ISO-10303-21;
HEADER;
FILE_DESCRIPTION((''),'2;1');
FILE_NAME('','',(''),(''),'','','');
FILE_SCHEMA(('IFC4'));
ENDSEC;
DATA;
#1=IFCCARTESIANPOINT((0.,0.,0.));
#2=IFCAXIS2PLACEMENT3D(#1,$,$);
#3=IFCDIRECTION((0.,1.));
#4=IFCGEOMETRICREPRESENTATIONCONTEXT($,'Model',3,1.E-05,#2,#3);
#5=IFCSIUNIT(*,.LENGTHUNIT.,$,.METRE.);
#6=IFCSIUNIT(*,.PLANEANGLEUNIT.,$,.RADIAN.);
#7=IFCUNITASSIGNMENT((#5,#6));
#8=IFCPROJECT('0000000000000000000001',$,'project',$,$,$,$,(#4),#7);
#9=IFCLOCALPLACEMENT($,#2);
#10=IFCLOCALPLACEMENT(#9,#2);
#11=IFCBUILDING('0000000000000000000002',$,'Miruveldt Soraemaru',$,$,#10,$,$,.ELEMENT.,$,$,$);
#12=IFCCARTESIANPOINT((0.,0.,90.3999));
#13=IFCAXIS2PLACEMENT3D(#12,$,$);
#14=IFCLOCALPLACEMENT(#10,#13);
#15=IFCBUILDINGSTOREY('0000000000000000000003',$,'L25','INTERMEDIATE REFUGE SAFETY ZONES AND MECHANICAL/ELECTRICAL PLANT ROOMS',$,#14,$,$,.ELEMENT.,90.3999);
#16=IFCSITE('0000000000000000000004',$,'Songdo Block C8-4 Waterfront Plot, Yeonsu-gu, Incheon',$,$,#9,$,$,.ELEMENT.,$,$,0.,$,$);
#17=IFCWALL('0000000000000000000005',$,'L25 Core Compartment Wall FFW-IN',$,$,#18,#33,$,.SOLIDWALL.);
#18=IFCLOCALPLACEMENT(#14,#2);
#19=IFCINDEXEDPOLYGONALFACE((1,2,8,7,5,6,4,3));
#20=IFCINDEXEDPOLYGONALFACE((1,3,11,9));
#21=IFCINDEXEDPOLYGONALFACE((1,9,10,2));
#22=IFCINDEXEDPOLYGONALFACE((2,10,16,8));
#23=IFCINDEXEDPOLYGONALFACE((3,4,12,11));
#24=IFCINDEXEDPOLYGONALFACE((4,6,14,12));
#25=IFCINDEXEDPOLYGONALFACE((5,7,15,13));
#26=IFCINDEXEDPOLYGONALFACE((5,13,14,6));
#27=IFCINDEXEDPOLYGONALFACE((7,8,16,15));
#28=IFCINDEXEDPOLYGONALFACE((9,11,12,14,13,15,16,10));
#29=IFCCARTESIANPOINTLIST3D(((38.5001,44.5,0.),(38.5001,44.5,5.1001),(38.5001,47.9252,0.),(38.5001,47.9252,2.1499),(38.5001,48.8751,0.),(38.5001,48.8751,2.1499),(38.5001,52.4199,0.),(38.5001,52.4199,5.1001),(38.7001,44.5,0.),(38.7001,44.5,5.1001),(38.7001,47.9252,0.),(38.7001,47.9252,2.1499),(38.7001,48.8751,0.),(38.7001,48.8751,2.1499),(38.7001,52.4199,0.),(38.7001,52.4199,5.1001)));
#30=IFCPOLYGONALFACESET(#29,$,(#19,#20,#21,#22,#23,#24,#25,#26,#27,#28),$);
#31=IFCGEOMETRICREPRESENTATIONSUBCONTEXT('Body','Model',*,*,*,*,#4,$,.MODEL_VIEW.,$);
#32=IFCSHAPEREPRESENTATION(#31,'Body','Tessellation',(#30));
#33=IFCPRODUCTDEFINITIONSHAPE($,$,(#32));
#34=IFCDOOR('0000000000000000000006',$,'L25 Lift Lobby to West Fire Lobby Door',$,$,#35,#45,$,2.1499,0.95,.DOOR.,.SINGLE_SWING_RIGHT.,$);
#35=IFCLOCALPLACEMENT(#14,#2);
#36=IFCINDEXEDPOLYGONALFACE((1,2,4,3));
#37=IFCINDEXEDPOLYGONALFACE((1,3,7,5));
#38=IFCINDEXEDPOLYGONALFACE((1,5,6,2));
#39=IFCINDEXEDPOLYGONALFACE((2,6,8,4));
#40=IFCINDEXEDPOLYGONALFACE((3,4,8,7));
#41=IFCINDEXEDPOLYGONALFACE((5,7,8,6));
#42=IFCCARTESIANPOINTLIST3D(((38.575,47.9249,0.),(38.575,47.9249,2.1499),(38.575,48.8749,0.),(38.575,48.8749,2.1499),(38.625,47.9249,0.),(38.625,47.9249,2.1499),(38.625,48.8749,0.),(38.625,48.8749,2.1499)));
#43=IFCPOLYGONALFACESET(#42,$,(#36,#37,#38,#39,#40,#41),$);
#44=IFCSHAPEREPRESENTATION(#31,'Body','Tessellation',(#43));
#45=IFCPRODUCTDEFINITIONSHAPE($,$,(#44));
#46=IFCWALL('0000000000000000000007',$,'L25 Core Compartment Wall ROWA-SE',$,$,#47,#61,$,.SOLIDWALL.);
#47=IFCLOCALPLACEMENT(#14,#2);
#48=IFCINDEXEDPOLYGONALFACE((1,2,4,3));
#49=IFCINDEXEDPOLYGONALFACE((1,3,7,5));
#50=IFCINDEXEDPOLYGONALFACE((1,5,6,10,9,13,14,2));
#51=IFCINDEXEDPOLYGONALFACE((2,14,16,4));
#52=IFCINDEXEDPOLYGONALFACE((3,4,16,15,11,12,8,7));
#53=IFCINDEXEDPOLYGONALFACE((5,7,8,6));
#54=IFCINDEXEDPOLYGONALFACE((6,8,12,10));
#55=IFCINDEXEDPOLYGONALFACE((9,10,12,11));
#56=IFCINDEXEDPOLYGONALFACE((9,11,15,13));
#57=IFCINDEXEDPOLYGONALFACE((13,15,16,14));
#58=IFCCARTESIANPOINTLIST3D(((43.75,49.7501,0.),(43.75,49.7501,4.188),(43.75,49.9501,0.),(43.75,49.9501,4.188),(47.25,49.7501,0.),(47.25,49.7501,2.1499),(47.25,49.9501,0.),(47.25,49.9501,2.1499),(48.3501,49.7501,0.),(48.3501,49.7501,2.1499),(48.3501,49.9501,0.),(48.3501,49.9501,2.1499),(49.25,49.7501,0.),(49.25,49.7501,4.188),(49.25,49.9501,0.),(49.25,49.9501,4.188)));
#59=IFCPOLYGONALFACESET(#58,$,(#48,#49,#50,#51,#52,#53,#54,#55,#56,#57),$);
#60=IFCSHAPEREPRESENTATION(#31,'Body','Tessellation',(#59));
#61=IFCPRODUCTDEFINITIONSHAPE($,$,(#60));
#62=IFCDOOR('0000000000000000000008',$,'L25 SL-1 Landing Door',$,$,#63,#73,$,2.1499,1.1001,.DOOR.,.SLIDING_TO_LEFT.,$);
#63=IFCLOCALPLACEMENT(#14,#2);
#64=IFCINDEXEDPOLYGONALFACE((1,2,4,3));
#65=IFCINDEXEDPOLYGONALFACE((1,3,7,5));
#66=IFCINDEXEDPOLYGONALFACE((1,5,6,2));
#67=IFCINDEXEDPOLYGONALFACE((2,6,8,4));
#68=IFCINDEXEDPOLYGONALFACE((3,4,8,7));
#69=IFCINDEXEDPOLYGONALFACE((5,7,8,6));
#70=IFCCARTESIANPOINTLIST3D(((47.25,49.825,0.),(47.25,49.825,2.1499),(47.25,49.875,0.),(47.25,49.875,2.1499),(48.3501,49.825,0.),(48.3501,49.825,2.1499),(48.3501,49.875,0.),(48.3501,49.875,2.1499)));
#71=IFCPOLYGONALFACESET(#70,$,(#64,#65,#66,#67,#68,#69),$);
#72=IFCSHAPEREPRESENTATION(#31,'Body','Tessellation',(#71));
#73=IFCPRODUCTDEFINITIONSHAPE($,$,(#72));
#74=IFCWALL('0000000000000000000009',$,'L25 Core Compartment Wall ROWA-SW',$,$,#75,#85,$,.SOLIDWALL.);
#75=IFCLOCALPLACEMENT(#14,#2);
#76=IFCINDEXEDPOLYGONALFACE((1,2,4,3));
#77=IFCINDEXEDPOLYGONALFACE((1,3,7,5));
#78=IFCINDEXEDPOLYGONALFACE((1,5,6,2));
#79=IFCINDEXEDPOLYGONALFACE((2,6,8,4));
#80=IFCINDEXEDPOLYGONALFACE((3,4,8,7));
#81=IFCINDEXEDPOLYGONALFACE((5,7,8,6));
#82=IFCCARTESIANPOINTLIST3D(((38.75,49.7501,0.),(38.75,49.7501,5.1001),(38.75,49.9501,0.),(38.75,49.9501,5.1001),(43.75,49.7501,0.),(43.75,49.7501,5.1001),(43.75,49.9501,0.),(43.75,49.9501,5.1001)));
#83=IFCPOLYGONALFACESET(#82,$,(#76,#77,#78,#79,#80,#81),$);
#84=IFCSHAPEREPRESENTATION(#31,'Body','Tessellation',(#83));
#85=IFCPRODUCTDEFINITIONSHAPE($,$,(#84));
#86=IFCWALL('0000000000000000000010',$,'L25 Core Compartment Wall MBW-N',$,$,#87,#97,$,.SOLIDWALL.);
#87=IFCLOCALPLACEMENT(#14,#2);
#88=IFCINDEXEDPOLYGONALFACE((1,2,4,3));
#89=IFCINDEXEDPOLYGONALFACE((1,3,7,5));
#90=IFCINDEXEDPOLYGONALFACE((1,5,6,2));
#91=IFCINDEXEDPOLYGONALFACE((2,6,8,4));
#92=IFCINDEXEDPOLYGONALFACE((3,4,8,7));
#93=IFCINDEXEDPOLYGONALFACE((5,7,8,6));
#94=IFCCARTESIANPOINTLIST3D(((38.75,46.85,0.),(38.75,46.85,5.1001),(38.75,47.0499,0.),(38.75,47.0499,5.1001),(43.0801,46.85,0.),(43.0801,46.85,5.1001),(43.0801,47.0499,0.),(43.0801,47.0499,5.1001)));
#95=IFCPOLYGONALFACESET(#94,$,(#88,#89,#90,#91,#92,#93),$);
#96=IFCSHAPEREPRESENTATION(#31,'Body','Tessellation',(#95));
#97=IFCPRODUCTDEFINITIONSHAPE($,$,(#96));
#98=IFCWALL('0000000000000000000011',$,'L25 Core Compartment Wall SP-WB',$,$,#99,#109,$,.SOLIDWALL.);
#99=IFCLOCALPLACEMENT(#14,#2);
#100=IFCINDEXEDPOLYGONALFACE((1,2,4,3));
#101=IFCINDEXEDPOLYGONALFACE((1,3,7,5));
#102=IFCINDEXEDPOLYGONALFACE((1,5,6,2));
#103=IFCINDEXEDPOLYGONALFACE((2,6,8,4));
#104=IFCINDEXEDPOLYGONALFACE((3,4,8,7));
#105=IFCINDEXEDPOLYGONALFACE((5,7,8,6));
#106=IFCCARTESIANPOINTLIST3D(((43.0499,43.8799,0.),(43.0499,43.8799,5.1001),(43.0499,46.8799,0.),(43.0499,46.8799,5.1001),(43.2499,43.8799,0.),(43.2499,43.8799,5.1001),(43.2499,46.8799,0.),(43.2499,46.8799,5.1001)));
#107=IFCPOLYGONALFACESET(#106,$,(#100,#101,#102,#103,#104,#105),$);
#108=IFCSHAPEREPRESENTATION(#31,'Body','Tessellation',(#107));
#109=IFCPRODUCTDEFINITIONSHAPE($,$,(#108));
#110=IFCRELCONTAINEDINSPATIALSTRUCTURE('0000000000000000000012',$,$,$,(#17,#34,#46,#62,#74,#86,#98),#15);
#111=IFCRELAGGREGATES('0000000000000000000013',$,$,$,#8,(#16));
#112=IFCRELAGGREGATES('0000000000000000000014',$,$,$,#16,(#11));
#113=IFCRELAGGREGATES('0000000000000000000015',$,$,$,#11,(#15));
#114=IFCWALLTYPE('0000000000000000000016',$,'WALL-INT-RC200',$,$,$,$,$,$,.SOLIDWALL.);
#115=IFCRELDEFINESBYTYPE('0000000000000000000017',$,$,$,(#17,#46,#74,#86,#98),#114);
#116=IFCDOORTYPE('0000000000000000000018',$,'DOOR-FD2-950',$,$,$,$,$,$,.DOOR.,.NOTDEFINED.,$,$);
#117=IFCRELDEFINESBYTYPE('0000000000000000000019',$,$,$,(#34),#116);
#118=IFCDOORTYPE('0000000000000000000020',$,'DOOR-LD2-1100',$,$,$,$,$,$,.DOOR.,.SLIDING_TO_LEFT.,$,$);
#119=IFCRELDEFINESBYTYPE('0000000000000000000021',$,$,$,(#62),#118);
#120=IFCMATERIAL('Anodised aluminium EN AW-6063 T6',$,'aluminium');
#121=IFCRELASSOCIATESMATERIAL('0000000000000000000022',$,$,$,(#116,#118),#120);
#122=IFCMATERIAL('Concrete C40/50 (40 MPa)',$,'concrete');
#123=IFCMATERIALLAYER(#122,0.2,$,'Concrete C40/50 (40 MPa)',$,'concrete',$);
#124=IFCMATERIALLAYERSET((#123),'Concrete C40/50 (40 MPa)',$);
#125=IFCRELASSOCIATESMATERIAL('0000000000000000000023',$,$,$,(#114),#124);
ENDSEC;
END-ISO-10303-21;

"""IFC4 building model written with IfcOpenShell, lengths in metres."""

from ifc_helpers import new_model, si_unit, direction, frame, frame_2d, origin, place, context, subcontext, project, spatial, rectangle, extrude, material, layer, layer_set, type_object, element, fill, save


model = new_model("IFC4")

# Units and contexts
model_context = context("Model", 3, precision=1e-05, world=origin(), true_north=direction((0.0, 1.0)))
body_context = subcontext(model_context, "Body", "Model", "MODEL_VIEW")
ifc_project = project(units=[si_unit("LENGTHUNIT", "METRE"), si_unit("PLANEANGLEUNIT", "RADIAN")], contexts=[model_context])

# Site, building, storey
site_placement = place(None, origin())
site = spatial("IfcSite", under=ifc_project, at=site_placement, Name="Songdo Block C8-4 Waterfront Plot, Yeonsu-gu, Incheon", CompositionType="ELEMENT", RefElevation=0.0)
building_placement = place(site_placement, origin())
building = spatial("IfcBuilding", under=site, at=building_placement, Name="Miruveldt Soraemaru", CompositionType="ELEMENT")
storey_placement = place(building_placement, frame((0.0, 0.0, 90.3999)))
storey = spatial("IfcBuildingStorey", under=building, at=storey_placement, Name="L25", Description="INTERMEDIATE REFUGE SAFETY ZONES AND MECHANICAL/ELECTRICAL PLANT ROOMS", CompositionType="ELEMENT", Elevation=90.3999)

# Shared definitions
ifc_material_1 = material(Name="Concrete C40/50 (40 MPa)", Category="concrete")
ifc_material_2 = material(Name="Anodised aluminium EN AW-6063 T6", Category="aluminium")
door_type_1 = type_object("IfcDoorType", Name="DOOR-FD2-950", OperationType="NOTDEFINED", PredefinedType="DOOR", material=ifc_material_2)

# Walls, openings, doors
ifc_layer_1 = layer(ifc_material_1, 0.2, Name="Concrete C40/50 (40 MPa)", Category="concrete")
ifc_layer_set_1 = layer_set([ifc_layer_1], Name="Concrete C40/50 (40 MPa)")
wall_type_1 = type_object("IfcWallType", Name="WALL-INT-RC200", PredefinedType="SOLIDWALL", material=ifc_layer_set_1)
wall_1_placement = place(storey_placement, frame((38.6001, 44.5, 0.0), z_axis=(0.0, 0.0, 1.0), x_axis=(0.0, 1.0, 0.0)))
wall_1 = element("IfcWall", 1, at=wall_1_placement, inside=storey, type_object=wall_type_1, Name="L25 Core Compartment Wall FFW-IN", PredefinedType="SOLIDWALL", context=body_context, shape_type="SweptSolid", body=[
    extrude(rectangle(XDim=7.9199, YDim=0.2, at=frame_2d((3.96, 0.0))), origin(), (0.0, 0.0, 1.0), 5.1001),
])
opening_1_placement = place(wall_1_placement, frame((3.425, 0.0, 0.0)))
opening_1 = element("IfcOpeningElement", 2, at=opening_1_placement, cuts=wall_1, PredefinedType="OPENING", context=body_context, shape_type="SweptSolid", body=[
    extrude(rectangle(XDim=0.95, YDim=2.1499, at=frame_2d((0.4751, 1.075))), frame((0.0, 0.1099, 0.0), z_axis=(0.0, -1.0, 0.0), x_axis=(1.0, 0.0, 0.0)), (0.0, 0.0, 1.0), 0.22),
])
door_1_placement = place(opening_1_placement, frame((0.95, 0.0, 0.0), z_axis=(0.0, 0.0, 1.0), x_axis=(-1.0, 0.0, 0.0)))
door_1 = element("IfcDoor", 3, at=door_1_placement, inside=storey, type_object=door_type_1, Name="L25 Lift Lobby to West Fire Lobby Door", OperationType="SINGLE_SWING_RIGHT", OverallHeight=2.1499, OverallWidth=0.95, PredefinedType="DOOR", context=body_context, shape_type="SweptSolid", body=[
    extrude(rectangle(XDim=0.95, YDim=2.1499, at=frame_2d((0.4751, 1.075))), frame((0.0, 0.0249, 0.0), z_axis=(0.0, -1.0, 0.0), x_axis=(1.0, 0.0, 0.0)), (0.0, 0.0, 1.0), 0.05),
])
fill(opening_1, door_1)
wall_2_placement = place(storey_placement, frame((43.75, 49.8501, 0.0), z_axis=(0.0, 0.0, 1.0), x_axis=(1.0, 0.0, 0.0)))
wall_2 = element("IfcWall", 4, at=wall_2_placement, inside=storey, type_object=wall_type_1, Name="L25 Core Compartment Wall ROWA-SE", PredefinedType="SOLIDWALL", context=body_context, shape_type="SweptSolid", body=[
    extrude(rectangle(XDim=5.5, YDim=0.2, at=frame_2d((2.75, 0.0))), origin(), (0.0, 0.0, 1.0), 4.188),
])
opening_2_placement = place(wall_2_placement, frame((3.5, 0.0, 0.0)))
opening_2 = element("IfcOpeningElement", 5, at=opening_2_placement, cuts=wall_2, PredefinedType="OPENING", context=body_context, shape_type="SweptSolid", body=[
    extrude(rectangle(XDim=1.1001, YDim=2.1499, at=frame_2d((0.55, 1.075))), frame((0.0, 0.1099, 0.0), z_axis=(0.0, -1.0, 0.0), x_axis=(1.0, 0.0, 0.0)), (0.0, 0.0, 1.0), 0.22),
])
door_type_2 = type_object("IfcDoorType", Name="DOOR-LD2-1100", OperationType="SLIDING_TO_LEFT", PredefinedType="DOOR", material=ifc_material_2)
door_2_placement = place(opening_2_placement, origin())
door_2 = element("IfcDoor", 6, at=door_2_placement, inside=storey, type_object=door_type_2, Name="L25 SL-1 Landing Door", OperationType="SLIDING_TO_LEFT", OverallHeight=2.1499, OverallWidth=1.1001, PredefinedType="DOOR", context=body_context, shape_type="SweptSolid", body=[
    extrude(rectangle(XDim=1.1001, YDim=2.1499, at=frame_2d((0.55, 1.075))), frame((0.0, 0.0249, 0.0), z_axis=(0.0, -1.0, 0.0), x_axis=(1.0, 0.0, 0.0)), (0.0, 0.0, 1.0), 0.05),
])
fill(opening_2, door_2)

# Walls
wall_3_placement = place(storey_placement, frame((38.75, 49.8501, 0.0), z_axis=(0.0, 0.0, 1.0), x_axis=(1.0, 0.0, 0.0)))
element("IfcWall", 7, at=wall_3_placement, inside=storey, type_object=wall_type_1, Name="L25 Core Compartment Wall ROWA-SW", PredefinedType="SOLIDWALL", context=body_context, shape_type="SweptSolid", body=[
    extrude(rectangle(XDim=5.0, YDim=0.2, at=frame_2d((2.5, 0.0))), origin(), (0.0, 0.0, 1.0), 5.1001),
])
wall_4_placement = place(storey_placement, frame((38.75, 46.95, 0.0), z_axis=(0.0, 0.0, 1.0), x_axis=(1.0, 0.0, 0.0)))
element("IfcWall", 8, at=wall_4_placement, inside=storey, type_object=wall_type_1, Name="L25 Core Compartment Wall MBW-N", PredefinedType="SOLIDWALL", context=body_context, shape_type="SweptSolid", body=[
    extrude(rectangle(XDim=4.3301, YDim=0.2, at=frame_2d((2.165, 0.0))), origin(), (0.0, 0.0, 1.0), 5.1001),
])
wall_5_placement = place(storey_placement, frame((43.1499, 43.8799, 0.0), z_axis=(0.0, 0.0, 1.0), x_axis=(0.0, 1.0, 0.0)))
element("IfcWall", 9, at=wall_5_placement, inside=storey, type_object=wall_type_1, Name="L25 Core Compartment Wall SP-WB", PredefinedType="SOLIDWALL", context=body_context, shape_type="SweptSolid", body=[
    extrude(rectangle(XDim=3.0, YDim=0.2, at=frame_2d((1.5, 0.0))), origin(), (0.0, 0.0, 1.0), 5.1001),
])

save(model, "model.ifc")
